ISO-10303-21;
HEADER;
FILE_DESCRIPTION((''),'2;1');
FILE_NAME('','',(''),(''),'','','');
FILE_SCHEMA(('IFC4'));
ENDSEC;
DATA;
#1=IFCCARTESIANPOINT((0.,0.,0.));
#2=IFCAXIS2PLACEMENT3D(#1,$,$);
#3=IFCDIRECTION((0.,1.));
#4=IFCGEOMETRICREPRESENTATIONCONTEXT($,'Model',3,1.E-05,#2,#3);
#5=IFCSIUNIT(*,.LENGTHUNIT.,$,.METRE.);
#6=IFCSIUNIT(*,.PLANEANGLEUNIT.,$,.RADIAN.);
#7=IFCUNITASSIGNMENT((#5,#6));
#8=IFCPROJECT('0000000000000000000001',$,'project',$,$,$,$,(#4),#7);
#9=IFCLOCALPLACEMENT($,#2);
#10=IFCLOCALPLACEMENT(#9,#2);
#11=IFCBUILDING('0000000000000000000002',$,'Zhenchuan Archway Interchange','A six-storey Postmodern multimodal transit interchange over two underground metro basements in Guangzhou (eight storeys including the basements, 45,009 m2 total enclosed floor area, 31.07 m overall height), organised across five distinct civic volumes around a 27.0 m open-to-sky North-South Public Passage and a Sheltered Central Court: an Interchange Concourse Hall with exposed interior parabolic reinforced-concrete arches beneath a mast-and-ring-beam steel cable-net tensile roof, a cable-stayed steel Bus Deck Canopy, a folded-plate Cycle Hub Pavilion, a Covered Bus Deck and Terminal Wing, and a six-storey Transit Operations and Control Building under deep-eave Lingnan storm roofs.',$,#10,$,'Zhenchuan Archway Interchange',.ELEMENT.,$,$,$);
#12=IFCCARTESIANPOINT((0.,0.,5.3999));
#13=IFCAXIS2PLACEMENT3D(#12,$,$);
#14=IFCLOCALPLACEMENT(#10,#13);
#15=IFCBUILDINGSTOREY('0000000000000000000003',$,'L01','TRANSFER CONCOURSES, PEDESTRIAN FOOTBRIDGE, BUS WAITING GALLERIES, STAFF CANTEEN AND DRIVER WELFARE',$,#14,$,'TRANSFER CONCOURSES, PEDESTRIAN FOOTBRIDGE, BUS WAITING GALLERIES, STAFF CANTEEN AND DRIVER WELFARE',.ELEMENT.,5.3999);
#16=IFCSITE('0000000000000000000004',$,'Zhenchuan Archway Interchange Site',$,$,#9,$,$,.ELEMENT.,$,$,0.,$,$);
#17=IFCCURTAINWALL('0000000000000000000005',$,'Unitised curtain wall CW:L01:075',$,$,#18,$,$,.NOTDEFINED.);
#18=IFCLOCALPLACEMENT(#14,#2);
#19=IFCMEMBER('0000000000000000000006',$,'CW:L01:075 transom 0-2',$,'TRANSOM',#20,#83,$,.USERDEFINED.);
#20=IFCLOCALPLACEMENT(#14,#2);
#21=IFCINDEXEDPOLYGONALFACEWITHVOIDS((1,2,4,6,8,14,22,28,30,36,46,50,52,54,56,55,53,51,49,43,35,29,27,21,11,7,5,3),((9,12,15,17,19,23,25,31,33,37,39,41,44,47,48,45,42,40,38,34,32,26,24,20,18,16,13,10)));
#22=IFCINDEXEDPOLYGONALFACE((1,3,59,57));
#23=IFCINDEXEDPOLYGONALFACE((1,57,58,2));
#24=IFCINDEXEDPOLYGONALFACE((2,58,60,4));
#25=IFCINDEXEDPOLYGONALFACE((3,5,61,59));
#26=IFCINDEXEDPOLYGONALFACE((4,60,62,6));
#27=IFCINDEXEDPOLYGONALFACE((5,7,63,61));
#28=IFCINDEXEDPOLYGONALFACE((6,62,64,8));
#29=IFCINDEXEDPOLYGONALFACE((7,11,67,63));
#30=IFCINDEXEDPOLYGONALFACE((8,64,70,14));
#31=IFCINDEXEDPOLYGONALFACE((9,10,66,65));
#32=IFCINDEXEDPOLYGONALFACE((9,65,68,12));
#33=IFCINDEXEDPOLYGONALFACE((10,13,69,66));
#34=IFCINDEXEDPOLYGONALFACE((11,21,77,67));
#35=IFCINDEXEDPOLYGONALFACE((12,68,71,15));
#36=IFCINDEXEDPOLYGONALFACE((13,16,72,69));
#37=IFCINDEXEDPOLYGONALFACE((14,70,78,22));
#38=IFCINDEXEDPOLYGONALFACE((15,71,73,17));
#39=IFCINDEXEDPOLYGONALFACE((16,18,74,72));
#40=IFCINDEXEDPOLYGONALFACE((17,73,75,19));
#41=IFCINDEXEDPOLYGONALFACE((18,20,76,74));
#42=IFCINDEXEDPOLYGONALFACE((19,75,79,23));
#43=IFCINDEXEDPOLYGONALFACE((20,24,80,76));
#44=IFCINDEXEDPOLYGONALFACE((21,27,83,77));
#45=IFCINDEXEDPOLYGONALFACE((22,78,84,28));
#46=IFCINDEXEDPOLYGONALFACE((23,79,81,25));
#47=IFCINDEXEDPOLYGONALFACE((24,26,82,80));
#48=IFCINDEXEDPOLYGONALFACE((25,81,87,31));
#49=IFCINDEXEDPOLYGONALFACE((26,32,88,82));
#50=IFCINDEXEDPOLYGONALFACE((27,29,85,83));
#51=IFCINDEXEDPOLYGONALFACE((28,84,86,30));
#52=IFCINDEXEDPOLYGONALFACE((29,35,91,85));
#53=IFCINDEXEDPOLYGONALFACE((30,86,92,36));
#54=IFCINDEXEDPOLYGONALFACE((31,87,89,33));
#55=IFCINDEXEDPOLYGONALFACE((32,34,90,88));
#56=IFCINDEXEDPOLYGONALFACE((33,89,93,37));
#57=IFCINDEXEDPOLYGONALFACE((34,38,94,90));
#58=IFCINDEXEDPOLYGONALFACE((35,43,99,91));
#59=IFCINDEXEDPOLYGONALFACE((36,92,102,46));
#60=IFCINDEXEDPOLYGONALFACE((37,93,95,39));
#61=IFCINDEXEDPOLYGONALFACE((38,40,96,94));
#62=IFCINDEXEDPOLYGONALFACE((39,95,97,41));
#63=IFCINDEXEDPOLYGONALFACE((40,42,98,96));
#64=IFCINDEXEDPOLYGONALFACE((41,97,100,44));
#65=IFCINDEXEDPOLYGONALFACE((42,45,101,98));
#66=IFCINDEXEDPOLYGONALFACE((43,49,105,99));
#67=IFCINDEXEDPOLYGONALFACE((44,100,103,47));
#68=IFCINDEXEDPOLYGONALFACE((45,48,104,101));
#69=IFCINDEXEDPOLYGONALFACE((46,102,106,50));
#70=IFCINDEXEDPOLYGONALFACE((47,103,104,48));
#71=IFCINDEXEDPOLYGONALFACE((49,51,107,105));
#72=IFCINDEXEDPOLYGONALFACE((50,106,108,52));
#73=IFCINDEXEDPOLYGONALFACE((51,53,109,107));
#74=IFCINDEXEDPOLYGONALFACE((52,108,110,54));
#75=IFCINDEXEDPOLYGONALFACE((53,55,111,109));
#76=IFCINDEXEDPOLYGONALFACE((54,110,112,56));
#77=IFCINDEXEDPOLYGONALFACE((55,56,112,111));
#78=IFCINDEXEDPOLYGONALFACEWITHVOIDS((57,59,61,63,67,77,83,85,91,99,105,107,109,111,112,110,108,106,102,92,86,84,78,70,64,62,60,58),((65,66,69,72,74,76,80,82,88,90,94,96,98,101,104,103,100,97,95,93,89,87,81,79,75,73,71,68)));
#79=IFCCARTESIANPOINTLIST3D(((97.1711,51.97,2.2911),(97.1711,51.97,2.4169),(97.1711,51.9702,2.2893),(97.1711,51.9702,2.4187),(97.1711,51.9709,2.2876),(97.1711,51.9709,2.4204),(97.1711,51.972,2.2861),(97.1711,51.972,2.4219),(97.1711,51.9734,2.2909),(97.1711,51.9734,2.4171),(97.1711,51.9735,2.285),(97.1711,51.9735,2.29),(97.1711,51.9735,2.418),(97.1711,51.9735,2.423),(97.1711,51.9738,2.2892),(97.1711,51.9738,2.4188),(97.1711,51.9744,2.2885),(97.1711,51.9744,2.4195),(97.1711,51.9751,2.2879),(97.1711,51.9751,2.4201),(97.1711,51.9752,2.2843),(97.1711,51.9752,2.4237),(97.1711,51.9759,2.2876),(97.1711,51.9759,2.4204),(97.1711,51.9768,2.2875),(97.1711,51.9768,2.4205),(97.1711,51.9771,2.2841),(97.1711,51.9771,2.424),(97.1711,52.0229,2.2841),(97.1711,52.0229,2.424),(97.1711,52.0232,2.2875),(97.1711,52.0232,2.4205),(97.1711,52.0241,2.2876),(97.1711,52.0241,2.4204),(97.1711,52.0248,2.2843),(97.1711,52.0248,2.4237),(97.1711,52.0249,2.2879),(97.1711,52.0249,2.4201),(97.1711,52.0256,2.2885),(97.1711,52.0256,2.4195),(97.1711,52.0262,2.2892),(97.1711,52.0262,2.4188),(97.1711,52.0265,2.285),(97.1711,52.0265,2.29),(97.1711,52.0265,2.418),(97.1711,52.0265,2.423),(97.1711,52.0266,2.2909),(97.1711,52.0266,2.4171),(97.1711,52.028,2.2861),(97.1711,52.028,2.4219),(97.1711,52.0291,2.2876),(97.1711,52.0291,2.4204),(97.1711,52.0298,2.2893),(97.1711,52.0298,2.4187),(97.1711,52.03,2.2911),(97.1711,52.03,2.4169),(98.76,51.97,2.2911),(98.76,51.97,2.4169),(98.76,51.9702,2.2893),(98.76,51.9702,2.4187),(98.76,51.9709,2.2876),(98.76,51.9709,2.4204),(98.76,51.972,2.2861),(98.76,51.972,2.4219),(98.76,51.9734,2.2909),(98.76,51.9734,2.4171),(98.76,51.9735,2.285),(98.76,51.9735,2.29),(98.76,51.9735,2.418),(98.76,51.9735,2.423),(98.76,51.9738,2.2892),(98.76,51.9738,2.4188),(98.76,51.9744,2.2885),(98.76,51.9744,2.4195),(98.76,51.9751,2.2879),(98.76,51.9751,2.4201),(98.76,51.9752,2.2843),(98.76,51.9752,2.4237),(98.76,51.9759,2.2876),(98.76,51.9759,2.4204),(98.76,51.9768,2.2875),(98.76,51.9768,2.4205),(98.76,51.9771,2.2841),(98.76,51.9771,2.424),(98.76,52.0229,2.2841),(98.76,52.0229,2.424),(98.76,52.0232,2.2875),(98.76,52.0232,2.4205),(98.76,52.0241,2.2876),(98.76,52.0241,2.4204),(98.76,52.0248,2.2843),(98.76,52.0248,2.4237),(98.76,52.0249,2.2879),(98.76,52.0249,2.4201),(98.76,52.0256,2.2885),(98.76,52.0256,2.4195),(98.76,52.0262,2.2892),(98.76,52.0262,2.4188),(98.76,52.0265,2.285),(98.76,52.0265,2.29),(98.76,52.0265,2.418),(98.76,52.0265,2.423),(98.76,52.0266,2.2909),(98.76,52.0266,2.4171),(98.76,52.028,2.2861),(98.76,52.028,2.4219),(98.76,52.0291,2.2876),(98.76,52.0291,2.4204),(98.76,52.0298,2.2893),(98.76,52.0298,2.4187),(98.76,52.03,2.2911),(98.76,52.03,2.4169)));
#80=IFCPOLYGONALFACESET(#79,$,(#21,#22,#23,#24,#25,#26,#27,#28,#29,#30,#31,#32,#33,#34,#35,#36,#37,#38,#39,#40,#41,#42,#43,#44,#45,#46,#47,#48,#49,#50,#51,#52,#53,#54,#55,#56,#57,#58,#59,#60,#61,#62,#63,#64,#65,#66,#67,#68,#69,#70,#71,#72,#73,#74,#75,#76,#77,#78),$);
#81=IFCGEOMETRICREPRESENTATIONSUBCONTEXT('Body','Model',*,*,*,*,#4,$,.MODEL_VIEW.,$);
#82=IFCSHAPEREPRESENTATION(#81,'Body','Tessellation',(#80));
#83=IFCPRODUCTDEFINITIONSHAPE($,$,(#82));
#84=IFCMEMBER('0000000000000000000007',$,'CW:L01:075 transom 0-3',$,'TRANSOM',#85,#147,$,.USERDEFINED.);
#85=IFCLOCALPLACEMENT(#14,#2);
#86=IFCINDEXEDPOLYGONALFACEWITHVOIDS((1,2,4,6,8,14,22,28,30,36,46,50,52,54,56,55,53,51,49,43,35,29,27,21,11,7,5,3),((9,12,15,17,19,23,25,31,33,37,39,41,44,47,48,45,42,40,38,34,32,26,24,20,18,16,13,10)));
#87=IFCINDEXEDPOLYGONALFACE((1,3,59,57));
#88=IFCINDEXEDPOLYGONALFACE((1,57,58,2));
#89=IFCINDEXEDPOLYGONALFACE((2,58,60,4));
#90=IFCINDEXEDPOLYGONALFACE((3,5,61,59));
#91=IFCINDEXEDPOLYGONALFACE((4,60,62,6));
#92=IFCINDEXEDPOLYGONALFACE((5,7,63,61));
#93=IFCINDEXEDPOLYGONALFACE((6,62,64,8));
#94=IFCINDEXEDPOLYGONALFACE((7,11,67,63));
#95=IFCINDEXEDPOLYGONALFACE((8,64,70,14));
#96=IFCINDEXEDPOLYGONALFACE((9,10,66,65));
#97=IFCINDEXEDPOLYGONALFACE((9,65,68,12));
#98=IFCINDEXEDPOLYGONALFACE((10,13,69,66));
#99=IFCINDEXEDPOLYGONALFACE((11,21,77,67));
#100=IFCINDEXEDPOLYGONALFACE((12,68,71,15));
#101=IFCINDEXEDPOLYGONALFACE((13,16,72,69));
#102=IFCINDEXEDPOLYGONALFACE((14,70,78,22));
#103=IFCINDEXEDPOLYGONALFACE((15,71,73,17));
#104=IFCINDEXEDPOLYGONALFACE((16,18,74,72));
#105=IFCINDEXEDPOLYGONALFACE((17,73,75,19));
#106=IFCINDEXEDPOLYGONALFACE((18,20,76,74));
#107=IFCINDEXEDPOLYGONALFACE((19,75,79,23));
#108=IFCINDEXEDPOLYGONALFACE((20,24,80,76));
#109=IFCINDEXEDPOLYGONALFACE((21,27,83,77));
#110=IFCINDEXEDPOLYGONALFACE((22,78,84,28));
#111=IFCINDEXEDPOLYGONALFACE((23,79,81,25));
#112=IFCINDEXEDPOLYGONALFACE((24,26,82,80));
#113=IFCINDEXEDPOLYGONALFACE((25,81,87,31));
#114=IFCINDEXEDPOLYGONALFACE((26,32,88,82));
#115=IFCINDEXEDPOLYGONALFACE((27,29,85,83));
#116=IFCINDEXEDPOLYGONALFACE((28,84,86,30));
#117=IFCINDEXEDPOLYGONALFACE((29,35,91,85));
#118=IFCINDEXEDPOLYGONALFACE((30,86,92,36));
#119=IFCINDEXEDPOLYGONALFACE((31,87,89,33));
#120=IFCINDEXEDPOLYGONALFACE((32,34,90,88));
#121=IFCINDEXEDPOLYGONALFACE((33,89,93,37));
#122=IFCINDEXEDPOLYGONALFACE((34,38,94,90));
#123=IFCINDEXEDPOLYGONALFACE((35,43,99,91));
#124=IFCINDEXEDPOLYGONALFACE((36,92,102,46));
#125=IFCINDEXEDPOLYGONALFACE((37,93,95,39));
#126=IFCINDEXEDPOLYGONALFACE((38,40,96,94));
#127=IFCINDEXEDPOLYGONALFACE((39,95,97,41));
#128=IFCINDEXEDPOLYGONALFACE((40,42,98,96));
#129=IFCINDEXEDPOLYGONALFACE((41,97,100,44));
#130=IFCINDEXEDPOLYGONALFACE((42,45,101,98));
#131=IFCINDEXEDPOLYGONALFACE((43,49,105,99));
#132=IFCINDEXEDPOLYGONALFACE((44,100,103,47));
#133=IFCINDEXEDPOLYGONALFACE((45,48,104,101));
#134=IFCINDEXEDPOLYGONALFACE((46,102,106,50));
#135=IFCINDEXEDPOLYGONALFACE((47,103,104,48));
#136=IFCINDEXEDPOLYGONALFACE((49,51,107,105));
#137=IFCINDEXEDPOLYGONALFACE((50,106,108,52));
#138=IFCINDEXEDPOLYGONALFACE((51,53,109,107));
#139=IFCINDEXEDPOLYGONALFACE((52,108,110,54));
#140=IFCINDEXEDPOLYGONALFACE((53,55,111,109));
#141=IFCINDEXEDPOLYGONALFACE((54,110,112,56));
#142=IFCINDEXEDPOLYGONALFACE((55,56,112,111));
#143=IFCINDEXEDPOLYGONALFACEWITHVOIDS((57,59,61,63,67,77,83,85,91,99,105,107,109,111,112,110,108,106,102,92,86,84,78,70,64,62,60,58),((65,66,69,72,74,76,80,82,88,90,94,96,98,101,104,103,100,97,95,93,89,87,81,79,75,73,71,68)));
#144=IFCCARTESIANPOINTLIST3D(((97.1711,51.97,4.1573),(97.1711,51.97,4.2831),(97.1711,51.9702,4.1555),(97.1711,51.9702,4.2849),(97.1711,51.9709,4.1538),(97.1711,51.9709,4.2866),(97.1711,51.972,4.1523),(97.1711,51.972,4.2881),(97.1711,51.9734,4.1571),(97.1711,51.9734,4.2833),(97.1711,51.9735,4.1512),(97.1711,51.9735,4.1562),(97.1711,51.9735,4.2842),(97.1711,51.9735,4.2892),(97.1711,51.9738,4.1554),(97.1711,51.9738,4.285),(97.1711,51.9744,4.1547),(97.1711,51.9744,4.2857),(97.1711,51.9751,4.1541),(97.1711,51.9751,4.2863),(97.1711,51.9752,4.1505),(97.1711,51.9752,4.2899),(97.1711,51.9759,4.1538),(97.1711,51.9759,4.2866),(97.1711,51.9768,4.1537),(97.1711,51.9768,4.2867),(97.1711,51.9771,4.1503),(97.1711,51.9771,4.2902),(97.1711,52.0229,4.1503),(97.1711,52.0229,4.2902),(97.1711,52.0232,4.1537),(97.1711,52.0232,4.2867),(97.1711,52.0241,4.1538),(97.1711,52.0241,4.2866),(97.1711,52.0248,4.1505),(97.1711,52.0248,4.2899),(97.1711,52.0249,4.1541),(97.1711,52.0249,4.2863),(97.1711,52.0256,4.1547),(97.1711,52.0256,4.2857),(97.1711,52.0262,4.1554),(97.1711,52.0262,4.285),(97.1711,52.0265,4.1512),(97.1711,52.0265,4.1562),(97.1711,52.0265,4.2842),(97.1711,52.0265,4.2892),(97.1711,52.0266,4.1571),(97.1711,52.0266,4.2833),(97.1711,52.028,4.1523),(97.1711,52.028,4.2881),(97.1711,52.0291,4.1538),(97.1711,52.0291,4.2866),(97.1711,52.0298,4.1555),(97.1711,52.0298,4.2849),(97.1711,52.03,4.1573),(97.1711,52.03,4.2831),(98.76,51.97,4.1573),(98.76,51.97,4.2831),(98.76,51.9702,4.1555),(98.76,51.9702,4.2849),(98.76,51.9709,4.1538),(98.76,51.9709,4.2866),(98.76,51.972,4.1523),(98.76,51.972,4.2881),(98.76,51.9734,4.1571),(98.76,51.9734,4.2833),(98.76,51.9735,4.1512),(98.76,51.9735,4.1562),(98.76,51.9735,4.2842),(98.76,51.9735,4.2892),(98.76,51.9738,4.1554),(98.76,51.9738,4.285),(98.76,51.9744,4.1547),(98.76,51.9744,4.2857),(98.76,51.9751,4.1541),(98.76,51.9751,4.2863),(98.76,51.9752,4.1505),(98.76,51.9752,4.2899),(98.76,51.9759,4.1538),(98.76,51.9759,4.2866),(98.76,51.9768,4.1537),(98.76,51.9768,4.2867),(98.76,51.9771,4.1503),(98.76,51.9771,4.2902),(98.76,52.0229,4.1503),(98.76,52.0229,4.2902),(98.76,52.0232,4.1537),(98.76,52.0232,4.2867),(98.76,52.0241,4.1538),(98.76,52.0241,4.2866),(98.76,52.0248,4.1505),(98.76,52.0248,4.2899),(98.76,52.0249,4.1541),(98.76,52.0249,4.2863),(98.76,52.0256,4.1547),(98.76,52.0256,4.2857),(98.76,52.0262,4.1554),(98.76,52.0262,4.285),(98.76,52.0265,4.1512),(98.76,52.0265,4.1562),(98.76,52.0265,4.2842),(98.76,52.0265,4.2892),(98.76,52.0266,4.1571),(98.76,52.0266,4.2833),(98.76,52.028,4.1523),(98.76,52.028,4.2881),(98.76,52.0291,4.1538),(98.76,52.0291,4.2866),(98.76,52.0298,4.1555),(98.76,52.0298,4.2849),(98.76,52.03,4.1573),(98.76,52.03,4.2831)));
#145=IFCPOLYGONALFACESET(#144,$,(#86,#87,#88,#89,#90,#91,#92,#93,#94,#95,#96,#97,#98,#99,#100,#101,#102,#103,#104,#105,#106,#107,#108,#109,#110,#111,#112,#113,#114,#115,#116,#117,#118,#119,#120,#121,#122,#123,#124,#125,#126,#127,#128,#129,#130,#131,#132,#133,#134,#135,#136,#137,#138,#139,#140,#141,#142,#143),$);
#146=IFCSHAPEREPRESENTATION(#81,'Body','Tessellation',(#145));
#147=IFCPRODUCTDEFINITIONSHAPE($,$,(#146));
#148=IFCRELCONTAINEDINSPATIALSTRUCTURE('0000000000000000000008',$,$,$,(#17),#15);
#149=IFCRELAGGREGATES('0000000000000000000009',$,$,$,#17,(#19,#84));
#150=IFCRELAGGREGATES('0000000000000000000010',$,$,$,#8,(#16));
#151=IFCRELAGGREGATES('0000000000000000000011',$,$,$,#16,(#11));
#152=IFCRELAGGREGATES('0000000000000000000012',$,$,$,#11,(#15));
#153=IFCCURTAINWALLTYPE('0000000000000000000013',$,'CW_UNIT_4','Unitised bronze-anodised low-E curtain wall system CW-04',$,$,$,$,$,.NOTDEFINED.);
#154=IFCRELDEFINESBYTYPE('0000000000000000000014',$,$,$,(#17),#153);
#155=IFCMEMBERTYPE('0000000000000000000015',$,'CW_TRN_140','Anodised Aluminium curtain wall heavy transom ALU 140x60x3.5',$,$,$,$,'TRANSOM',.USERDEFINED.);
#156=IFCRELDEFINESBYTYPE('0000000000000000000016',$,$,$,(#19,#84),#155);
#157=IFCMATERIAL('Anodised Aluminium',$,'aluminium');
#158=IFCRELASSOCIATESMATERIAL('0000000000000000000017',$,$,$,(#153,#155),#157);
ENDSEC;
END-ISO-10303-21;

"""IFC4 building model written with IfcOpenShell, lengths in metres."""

from ifc_helpers import new_model, si_unit, direction, frame, origin, origin_2d, place, context, subcontext, project, spatial, hollow_rectangle, extrude, material, material_profile, profile_set, type_object, element, aggregate, save


model = new_model("IFC4")

# Units and contexts
model_context = context("Model", 3, precision=1e-05, world=origin(), true_north=direction((0.0, 1.0)))
body_context = subcontext(model_context, "Body", "Model", "MODEL_VIEW")
ifc_project = project(units=[si_unit("LENGTHUNIT", "METRE"), si_unit("PLANEANGLEUNIT", "RADIAN")], contexts=[model_context])

# Site, building, storey
site_placement = place(None, origin())
site = spatial("IfcSite", under=ifc_project, at=site_placement, Name="Zhenchuan Archway Interchange Site", CompositionType="ELEMENT", RefElevation=0.0)
building_placement = place(site_placement, origin())
building = spatial("IfcBuilding", under=site, at=building_placement, Name="Zhenchuan Archway Interchange", Description="A six-storey Postmodern multimodal transit interchange over two underground metro basements in Guangzhou (eight storeys including the basements, 45,009 m2 total enclosed floor area, 31.07 m overall height), organised across five distinct civic volumes around a 27.0 m open-to-sky North-South Public Passage and a Sheltered Central Court: an Interchange Concourse Hall with exposed interior parabolic reinforced-concrete arches beneath a mast-and-ring-beam steel cable-net tensile roof, a cable-stayed steel Bus Deck Canopy, a folded-plate Cycle Hub Pavilion, a Covered Bus Deck and Terminal Wing, and a six-storey Transit Operations and Control Building under deep-eave Lingnan storm roofs.", LongName="Zhenchuan Archway Interchange", CompositionType="ELEMENT")
storey_placement = place(building_placement, frame((0.0, 0.0, 5.3999)))
storey = spatial("IfcBuildingStorey", under=building, at=storey_placement, Name="L01", Description="TRANSFER CONCOURSES, PEDESTRIAN FOOTBRIDGE, BUS WAITING GALLERIES, STAFF CANTEEN AND DRIVER WELFARE", LongName="TRANSFER CONCOURSES, PEDESTRIAN FOOTBRIDGE, BUS WAITING GALLERIES, STAFF CANTEEN AND DRIVER WELFARE", CompositionType="ELEMENT", Elevation=5.3999)

# Curtain wall, members
ifc_material_1 = material(Name="Anodised Aluminium", Category="aluminium")
curtain_wall_type = type_object("IfcCurtainWallType", Name="CW_UNIT_4", Description="Unitised bronze-anodised low-E curtain wall system CW-04", PredefinedType="NOTDEFINED", material=ifc_material_1)
curtain_wall_placement = place(storey_placement, origin())
curtain_wall = element("IfcCurtainWall", 1, at=curtain_wall_placement, inside=storey, type_object=curtain_wall_type, Name="Unitised curtain wall CW:L01:075", PredefinedType="NOTDEFINED")
ifc_material_profile_1 = material_profile(ifc_material_1, hollow_rectangle(XDim=0.0601, YDim=0.1399, WallThickness=0.0034, InnerFilletRadius=0.0034, OuterFilletRadius=0.0071, at=origin_2d()), Name="ALU 140x60x3.5")
ifc_profile_set_1 = profile_set([ifc_material_profile_1], Name="Anodised Aluminium")
member_type_1 = type_object("IfcMemberType", Name="CW_TRN_140", Description="Anodised Aluminium curtain wall heavy transom ALU 140x60x3.5", ElementType="TRANSOM", PredefinedType="USERDEFINED", material=ifc_profile_set_1)
member_1_placement = place(storey_placement, frame((98.76, 52.0, 2.354), z_axis=(-1.0, 0.0, 0.0), x_axis=(0.0, -1.0, 0.0)))
member_1 = element("IfcMember", 2, at=member_1_placement, type_object=member_type_1, Name="CW:L01:075 transom 0-2", ObjectType="TRANSOM", PredefinedType="USERDEFINED", context=body_context, shape_type="SweptSolid", body=[
    extrude(hollow_rectangle(XDim=0.0601, YDim=0.1399, WallThickness=0.0034, InnerFilletRadius=0.0034, OuterFilletRadius=0.0071, at=origin_2d()), origin(), (0.0, 0.0, 1.0), 1.5889),
])
member_2_placement = place(storey_placement, frame((98.76, 52.0, 4.2202), z_axis=(-1.0, 0.0, 0.0), x_axis=(0.0, -1.0, 0.0)))
member_2 = element("IfcMember", 3, at=member_2_placement, type_object=member_type_1, Name="CW:L01:075 transom 0-3", ObjectType="TRANSOM", PredefinedType="USERDEFINED", context=body_context, shape_type="SweptSolid", body=[
    extrude(hollow_rectangle(XDim=0.0601, YDim=0.1399, WallThickness=0.0034, InnerFilletRadius=0.0034, OuterFilletRadius=0.0071, at=origin_2d()), origin(), (0.0, 0.0, 1.0), 1.5889),
])

aggregate(curtain_wall, [member_1, member_2])

save(model, "model.ifc")
